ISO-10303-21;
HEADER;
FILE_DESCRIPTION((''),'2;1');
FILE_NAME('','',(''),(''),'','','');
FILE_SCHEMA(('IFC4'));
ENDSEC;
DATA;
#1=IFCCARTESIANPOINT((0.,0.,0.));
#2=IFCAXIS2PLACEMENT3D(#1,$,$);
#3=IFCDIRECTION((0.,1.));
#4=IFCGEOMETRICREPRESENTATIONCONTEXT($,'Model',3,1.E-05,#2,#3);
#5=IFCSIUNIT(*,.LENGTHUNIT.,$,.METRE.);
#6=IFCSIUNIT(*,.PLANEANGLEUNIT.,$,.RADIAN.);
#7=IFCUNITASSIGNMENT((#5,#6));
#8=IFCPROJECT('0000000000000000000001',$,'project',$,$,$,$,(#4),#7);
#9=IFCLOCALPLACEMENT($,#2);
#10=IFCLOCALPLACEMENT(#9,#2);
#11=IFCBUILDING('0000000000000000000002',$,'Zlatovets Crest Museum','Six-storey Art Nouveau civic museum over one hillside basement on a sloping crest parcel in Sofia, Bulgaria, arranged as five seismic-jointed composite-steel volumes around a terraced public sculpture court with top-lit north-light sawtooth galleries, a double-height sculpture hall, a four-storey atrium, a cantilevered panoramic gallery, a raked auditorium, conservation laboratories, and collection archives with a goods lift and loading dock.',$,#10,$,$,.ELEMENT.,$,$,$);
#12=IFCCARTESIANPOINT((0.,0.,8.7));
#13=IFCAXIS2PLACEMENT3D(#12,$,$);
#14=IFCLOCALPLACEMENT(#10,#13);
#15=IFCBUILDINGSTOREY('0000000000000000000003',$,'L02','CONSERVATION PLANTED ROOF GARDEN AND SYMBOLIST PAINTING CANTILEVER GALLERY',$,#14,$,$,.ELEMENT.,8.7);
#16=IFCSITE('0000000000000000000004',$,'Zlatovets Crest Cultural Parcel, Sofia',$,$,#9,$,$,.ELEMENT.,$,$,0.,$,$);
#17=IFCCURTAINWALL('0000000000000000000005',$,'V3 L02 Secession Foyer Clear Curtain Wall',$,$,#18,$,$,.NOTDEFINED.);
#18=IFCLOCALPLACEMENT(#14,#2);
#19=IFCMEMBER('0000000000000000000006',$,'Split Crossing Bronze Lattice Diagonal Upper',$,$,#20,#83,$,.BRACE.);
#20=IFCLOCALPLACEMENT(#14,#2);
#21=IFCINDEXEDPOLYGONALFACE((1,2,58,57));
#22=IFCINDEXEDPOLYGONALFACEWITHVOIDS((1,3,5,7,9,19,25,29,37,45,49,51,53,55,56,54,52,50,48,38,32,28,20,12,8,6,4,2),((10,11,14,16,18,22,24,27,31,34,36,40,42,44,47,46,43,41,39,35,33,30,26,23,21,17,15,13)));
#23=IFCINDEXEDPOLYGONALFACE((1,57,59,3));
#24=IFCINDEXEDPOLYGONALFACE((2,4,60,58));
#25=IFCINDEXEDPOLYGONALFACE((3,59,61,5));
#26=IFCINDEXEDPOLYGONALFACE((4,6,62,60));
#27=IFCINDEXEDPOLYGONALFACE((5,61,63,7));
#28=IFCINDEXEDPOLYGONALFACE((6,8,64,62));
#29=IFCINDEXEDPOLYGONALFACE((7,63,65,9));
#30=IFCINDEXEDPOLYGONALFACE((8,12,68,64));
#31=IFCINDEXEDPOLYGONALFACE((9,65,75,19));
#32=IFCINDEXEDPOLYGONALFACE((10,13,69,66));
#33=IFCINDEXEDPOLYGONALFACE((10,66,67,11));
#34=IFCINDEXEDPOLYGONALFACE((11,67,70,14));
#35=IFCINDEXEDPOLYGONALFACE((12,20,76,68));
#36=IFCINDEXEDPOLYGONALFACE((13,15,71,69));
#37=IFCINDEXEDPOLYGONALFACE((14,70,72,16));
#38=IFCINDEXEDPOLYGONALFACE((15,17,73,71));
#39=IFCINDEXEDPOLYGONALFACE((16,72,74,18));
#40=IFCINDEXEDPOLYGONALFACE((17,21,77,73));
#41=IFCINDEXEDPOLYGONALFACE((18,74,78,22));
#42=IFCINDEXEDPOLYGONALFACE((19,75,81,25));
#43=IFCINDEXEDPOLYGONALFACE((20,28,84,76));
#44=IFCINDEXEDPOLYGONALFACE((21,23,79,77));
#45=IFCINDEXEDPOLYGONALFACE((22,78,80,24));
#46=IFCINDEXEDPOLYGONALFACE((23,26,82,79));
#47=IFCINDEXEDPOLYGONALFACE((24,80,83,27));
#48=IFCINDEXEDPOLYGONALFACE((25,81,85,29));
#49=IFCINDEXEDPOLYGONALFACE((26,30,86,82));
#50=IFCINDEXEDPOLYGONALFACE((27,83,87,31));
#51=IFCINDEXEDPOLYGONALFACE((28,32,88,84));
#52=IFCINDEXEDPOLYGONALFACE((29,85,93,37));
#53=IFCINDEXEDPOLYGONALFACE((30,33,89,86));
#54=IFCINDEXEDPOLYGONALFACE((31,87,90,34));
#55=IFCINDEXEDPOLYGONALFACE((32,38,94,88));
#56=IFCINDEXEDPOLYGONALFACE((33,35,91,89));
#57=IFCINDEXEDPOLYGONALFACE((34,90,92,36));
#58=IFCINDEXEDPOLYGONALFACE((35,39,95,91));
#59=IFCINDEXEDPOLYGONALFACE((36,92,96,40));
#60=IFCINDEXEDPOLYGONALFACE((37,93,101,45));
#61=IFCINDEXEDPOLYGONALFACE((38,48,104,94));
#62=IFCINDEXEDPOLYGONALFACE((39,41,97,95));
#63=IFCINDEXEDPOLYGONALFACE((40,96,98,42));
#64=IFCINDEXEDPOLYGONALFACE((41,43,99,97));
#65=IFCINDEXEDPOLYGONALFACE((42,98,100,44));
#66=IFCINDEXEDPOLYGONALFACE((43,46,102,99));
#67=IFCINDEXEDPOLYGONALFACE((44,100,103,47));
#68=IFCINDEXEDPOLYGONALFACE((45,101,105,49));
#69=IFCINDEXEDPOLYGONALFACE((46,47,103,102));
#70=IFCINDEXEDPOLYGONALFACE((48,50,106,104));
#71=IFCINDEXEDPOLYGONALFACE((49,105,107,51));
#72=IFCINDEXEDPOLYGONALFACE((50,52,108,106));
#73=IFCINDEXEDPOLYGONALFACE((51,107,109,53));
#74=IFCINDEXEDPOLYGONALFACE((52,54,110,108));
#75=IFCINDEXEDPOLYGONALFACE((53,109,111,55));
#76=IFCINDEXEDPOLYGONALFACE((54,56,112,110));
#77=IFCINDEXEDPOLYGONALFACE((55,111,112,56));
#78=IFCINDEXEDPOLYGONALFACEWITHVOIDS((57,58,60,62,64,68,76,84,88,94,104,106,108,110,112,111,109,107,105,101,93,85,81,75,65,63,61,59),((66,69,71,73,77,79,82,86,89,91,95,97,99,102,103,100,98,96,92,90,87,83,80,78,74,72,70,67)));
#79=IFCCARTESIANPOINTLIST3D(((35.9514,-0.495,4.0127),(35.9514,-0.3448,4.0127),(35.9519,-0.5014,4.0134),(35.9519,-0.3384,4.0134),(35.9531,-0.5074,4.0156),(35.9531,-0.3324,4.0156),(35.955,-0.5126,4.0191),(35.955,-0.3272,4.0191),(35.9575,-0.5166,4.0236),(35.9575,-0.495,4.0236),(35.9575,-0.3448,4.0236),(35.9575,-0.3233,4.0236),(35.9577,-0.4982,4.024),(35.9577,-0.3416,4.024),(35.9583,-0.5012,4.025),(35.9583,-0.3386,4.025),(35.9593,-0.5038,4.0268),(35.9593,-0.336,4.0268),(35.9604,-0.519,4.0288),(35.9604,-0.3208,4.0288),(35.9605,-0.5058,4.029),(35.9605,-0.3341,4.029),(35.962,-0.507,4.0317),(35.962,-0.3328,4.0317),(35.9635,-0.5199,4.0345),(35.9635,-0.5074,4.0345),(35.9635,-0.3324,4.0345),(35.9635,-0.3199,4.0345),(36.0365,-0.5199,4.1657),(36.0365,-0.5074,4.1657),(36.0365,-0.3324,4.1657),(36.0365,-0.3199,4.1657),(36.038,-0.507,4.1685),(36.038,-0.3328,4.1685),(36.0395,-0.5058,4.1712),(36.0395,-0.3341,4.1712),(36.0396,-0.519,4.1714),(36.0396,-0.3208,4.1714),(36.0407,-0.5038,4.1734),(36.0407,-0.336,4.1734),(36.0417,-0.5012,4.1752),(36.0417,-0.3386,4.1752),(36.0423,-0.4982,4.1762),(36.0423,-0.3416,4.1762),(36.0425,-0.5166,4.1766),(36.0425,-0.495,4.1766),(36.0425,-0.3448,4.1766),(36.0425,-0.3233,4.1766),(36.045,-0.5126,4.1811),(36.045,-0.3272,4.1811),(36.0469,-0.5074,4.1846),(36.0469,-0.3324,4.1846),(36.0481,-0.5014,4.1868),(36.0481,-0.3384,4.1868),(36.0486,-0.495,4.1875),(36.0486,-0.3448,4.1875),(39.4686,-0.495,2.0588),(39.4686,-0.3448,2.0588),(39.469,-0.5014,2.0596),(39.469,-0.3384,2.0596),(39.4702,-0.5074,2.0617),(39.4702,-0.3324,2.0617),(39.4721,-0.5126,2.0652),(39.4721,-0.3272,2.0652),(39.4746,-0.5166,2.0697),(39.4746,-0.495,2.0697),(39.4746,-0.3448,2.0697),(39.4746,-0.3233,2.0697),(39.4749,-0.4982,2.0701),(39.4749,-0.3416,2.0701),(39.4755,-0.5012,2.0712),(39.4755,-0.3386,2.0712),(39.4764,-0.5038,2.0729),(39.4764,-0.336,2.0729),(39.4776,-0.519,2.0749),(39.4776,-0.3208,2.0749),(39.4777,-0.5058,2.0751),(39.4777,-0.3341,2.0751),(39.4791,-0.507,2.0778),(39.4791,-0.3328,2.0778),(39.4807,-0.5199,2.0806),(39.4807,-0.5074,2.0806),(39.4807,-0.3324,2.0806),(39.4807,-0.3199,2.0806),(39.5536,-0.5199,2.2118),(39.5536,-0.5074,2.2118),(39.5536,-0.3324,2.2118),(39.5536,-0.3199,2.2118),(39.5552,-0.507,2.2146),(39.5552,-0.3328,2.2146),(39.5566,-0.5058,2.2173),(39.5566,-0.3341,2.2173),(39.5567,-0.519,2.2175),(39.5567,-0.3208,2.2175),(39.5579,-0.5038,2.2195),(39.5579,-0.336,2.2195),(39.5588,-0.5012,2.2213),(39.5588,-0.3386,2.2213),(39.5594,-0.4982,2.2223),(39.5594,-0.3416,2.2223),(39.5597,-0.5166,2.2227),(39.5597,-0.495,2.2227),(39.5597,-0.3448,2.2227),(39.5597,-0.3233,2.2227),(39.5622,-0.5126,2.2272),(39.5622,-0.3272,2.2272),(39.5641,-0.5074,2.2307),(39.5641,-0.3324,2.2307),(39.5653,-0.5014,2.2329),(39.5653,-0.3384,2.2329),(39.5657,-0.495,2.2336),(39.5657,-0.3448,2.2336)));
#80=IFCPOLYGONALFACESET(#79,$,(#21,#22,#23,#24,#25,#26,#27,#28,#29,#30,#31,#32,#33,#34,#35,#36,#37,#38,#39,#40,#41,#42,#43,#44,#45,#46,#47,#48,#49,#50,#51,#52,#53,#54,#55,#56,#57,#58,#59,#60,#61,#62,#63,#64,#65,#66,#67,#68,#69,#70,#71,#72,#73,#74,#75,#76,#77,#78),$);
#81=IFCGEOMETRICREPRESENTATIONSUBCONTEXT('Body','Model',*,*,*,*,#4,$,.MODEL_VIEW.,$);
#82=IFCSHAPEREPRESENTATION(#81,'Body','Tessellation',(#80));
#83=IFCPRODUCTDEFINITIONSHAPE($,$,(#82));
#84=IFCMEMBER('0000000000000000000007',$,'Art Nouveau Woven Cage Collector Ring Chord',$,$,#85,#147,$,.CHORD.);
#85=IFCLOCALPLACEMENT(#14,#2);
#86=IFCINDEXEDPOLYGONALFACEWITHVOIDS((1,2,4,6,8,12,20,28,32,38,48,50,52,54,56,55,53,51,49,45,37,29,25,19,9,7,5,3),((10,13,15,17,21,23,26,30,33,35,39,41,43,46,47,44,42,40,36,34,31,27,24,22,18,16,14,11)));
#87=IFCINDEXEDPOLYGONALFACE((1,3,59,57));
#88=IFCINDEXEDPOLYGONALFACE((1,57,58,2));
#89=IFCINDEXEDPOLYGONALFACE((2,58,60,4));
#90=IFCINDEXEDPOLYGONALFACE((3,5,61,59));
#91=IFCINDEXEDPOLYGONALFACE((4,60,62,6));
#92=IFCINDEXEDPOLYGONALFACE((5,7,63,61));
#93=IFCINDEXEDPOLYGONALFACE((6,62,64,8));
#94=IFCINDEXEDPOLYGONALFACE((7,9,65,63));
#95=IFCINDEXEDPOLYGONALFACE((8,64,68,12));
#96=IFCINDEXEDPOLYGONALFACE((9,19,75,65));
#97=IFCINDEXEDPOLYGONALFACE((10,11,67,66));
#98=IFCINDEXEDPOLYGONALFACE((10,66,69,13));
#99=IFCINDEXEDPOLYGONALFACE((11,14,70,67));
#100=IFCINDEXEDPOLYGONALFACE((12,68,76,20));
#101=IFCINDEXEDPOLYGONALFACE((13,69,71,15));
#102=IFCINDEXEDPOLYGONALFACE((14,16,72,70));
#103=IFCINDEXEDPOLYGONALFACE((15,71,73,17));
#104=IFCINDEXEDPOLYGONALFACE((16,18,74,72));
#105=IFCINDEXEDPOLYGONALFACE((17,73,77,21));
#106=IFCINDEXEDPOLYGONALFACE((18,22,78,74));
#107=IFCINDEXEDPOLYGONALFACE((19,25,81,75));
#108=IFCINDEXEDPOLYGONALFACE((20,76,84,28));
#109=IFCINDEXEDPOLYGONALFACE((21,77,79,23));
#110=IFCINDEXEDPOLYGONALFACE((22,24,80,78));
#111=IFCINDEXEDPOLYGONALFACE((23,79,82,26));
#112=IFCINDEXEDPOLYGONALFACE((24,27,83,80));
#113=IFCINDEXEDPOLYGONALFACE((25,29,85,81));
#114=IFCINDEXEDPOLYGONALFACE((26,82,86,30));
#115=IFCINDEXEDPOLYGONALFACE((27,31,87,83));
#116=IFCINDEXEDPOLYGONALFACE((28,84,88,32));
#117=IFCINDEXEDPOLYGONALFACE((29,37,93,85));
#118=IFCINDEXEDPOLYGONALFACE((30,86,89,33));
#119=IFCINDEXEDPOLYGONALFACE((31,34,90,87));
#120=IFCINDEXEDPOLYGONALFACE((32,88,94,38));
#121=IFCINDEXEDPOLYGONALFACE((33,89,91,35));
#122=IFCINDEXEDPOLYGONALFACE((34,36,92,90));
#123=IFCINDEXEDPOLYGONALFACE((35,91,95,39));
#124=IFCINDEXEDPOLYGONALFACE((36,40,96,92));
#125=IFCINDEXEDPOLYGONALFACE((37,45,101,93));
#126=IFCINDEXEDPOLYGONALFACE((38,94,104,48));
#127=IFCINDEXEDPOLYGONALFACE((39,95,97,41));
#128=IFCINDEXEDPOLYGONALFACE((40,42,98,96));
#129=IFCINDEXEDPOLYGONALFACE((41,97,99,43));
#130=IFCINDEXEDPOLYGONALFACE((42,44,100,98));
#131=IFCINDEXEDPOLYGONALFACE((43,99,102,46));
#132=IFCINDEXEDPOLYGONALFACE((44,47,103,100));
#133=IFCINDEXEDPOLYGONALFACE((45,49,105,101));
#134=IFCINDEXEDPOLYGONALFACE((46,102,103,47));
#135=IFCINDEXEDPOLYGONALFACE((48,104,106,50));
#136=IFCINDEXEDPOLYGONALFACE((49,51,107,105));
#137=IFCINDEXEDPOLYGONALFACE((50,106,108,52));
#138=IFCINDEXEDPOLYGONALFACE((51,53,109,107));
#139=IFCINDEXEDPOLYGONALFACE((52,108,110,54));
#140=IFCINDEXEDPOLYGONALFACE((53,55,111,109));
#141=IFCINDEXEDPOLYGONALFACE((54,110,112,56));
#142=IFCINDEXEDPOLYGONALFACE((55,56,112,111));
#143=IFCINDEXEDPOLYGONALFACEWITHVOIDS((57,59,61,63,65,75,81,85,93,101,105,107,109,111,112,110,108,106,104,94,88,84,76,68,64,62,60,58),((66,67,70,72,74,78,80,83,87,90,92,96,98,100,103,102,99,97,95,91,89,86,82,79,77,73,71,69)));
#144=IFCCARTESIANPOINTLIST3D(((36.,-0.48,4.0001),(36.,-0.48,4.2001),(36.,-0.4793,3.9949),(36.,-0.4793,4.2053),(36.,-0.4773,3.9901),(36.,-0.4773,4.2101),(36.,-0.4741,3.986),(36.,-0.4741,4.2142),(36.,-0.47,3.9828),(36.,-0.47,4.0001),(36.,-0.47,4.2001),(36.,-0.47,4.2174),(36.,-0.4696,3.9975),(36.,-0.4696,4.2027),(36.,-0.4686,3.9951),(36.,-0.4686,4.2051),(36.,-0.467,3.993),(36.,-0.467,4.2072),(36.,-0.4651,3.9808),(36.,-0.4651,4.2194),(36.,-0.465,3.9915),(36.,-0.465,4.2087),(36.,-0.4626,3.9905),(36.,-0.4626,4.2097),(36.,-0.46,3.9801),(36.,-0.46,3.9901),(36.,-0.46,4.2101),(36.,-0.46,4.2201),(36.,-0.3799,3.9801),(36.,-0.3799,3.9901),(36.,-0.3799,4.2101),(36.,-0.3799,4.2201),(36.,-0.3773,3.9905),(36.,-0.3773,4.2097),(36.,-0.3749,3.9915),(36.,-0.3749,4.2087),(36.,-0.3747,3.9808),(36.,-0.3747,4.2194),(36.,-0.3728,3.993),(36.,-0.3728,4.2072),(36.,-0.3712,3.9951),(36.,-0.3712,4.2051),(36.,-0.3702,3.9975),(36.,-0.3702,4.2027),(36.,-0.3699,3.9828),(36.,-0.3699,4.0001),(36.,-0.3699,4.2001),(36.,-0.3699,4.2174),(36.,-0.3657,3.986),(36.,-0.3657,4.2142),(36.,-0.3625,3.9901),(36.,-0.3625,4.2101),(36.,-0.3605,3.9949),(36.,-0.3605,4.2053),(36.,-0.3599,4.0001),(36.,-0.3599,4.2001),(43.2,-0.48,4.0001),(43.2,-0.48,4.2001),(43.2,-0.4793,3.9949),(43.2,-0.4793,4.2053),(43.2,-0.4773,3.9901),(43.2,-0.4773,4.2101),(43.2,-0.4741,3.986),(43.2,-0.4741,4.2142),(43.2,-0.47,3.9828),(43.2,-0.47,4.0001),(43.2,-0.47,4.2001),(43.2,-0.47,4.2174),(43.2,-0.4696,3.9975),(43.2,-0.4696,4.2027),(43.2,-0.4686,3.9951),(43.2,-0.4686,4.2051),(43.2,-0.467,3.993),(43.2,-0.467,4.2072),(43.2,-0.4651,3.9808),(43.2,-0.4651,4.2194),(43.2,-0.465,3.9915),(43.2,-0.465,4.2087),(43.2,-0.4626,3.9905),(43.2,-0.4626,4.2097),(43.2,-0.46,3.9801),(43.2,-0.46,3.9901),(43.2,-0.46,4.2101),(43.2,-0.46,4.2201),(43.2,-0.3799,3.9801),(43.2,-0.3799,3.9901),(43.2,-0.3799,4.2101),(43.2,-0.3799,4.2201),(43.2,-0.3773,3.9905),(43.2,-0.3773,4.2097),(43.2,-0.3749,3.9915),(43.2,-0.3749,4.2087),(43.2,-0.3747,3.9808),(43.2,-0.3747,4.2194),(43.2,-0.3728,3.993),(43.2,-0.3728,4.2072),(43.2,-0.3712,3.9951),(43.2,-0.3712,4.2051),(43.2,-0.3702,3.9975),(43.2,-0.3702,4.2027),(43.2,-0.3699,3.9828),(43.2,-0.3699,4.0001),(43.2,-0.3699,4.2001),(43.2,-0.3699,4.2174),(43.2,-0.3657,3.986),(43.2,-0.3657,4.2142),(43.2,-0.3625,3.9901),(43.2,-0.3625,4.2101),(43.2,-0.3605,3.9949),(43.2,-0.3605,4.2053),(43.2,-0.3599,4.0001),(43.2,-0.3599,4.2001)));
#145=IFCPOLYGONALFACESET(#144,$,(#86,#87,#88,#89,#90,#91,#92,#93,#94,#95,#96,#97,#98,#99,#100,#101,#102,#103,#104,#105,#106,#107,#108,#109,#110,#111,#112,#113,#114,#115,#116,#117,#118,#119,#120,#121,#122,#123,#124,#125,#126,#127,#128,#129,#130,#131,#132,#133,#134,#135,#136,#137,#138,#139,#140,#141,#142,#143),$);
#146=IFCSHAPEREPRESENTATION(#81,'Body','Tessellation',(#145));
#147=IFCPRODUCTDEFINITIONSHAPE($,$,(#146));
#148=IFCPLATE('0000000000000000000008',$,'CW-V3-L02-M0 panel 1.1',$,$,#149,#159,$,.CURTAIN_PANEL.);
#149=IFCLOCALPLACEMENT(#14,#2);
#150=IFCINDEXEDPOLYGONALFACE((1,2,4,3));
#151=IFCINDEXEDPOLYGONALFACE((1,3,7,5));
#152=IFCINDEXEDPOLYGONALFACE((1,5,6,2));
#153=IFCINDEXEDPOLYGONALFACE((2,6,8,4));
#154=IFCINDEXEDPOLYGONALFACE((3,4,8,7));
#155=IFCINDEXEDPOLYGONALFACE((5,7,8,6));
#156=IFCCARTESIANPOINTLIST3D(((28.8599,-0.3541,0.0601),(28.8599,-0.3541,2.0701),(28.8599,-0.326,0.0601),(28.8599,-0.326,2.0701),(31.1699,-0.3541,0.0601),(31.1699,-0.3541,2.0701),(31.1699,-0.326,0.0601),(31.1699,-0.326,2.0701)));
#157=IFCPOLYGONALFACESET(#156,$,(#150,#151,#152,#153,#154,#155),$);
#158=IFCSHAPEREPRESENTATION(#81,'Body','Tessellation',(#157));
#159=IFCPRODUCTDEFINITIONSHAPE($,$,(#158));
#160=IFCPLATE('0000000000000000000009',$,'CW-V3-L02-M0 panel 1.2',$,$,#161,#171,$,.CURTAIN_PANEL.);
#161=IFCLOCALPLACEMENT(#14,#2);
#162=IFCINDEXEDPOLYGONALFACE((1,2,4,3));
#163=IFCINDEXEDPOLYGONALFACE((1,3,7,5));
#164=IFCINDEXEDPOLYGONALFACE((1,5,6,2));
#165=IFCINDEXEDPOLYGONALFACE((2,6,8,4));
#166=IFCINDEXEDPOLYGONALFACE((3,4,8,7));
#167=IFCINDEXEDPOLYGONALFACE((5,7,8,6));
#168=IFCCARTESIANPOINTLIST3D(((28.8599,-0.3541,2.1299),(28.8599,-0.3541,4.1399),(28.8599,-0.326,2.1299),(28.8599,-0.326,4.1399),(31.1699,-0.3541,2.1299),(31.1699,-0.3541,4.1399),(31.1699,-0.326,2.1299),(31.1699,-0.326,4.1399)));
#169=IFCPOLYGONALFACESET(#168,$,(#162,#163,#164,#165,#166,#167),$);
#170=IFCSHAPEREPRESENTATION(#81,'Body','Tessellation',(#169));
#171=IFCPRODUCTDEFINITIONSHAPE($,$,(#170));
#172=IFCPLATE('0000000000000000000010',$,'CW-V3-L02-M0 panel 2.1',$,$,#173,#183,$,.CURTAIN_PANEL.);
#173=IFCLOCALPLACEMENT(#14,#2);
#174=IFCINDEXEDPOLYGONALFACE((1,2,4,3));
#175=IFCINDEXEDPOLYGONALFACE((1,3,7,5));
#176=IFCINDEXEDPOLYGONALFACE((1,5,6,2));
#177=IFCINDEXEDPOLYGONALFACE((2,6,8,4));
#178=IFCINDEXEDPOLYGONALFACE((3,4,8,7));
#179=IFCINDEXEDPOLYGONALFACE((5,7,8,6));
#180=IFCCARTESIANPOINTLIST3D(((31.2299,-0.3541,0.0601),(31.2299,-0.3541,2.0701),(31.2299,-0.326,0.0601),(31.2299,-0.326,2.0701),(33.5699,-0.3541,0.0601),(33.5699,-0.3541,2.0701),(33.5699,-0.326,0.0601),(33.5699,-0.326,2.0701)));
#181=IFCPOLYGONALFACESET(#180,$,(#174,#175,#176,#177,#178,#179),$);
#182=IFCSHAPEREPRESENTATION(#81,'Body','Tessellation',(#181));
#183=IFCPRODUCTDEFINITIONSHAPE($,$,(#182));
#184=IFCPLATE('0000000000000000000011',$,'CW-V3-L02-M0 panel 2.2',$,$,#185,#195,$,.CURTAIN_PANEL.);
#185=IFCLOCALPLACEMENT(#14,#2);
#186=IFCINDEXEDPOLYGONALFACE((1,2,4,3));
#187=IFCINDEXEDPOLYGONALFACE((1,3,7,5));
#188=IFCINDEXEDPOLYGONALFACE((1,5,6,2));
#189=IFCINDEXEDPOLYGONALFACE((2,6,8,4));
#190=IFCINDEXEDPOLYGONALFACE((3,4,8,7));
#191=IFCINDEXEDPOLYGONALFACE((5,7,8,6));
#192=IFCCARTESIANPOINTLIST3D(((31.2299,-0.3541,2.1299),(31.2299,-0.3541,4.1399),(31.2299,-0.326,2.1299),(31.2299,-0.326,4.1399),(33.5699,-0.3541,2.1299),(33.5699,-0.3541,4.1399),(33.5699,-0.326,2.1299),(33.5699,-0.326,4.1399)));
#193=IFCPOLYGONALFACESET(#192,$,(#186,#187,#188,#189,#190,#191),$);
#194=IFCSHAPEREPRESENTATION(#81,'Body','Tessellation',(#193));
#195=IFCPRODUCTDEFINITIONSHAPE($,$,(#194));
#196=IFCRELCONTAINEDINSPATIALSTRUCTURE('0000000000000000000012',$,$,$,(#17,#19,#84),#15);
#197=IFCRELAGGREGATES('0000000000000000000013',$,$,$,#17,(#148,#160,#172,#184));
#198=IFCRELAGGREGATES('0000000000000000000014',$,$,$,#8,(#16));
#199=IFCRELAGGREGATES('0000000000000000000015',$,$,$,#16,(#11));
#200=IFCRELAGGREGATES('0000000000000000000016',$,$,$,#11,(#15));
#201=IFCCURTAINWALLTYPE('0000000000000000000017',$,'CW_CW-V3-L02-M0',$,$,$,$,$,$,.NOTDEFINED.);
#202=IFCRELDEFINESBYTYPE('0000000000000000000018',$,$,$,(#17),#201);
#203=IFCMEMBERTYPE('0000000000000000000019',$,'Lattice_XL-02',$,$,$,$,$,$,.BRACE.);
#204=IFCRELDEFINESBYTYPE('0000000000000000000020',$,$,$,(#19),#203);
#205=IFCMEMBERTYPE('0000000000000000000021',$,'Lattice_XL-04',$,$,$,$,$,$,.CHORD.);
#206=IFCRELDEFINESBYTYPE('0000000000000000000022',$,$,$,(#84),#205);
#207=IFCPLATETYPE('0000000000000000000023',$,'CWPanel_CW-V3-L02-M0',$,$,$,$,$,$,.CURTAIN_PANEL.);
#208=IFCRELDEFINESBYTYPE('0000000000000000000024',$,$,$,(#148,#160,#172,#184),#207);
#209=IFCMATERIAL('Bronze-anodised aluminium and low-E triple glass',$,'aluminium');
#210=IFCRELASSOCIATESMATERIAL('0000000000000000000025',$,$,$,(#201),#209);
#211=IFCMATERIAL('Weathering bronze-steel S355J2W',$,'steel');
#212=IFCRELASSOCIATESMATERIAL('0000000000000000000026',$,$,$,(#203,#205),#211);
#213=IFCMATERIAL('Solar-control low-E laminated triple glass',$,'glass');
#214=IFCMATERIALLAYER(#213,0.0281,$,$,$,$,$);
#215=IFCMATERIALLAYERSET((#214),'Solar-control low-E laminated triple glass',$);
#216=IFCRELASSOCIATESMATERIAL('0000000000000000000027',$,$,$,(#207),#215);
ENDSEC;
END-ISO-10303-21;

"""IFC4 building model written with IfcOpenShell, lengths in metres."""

from ifc_helpers import new_model, si_unit, direction, frame, origin, origin_2d, place, context, subcontext, project, spatial, rectangle, hollow_rectangle, extrude, material, layer, layer_set, material_profile, profile_set, type_object, element, aggregate, save


model = new_model("IFC4")

# Units and contexts
model_context = context("Model", 3, precision=1e-05, world=origin(), true_north=direction((0.0, 1.0)))
body_context = subcontext(model_context, "Body", "Model", "MODEL_VIEW")
ifc_project = project(units=[si_unit("LENGTHUNIT", "METRE"), si_unit("PLANEANGLEUNIT", "RADIAN")], contexts=[model_context])

# Site, building, storey
site_placement = place(None, origin())
site = spatial("IfcSite", under=ifc_project, at=site_placement, Name="Zlatovets Crest Cultural Parcel, Sofia", CompositionType="ELEMENT", RefElevation=0.0)
building_placement = place(site_placement, origin())
building = spatial("IfcBuilding", under=site, at=building_placement, Name="Zlatovets Crest Museum", Description="Six-storey Art Nouveau civic museum over one hillside basement on a sloping crest parcel in Sofia, Bulgaria, arranged as five seismic-jointed composite-steel volumes around a terraced public sculpture court with top-lit north-light sawtooth galleries, a double-height sculpture hall, a four-storey atrium, a cantilevered panoramic gallery, a raked auditorium, conservation laboratories, and collection archives with a goods lift and loading dock.", CompositionType="ELEMENT")
storey_placement = place(building_placement, frame((0.0, 0.0, 8.7)))
storey = spatial("IfcBuildingStorey", under=building, at=storey_placement, Name="L02", Description="CONSERVATION PLANTED ROOF GARDEN AND SYMBOLIST PAINTING CANTILEVER GALLERY", CompositionType="ELEMENT", Elevation=8.7)

# Curtain wall
ifc_material_1 = material(Name="Bronze-anodised aluminium and low-E triple glass", Category="aluminium")
curtain_wall_type = type_object("IfcCurtainWallType", Name="CW_CW-V3-L02-M0", PredefinedType="NOTDEFINED", material=ifc_material_1)
curtain_wall_placement = place(storey_placement, origin())
curtain_wall = element("IfcCurtainWall", 1, at=curtain_wall_placement, inside=storey, type_object=curtain_wall_type, Name="V3 L02 Secession Foyer Clear Curtain Wall", PredefinedType="NOTDEFINED")

# Members
ifc_material_2 = material(Name="Weathering bronze-steel S355J2W", Category="steel")
ifc_material_profile_1 = material_profile(ifc_material_2, hollow_rectangle(XDim=0.2, YDim=0.2, WallThickness=0.0125, InnerFilletRadius=0.0125, OuterFilletRadius=0.0249, at=origin_2d()), Name="SHS 200x200x12.5")
ifc_profile_set_1 = profile_set([ifc_material_profile_1], Name="Weathering bronze-steel S355J2W")
member_type_1 = type_object("IfcMemberType", Name="Lattice_XL-02", PredefinedType="BRACE", material=ifc_profile_set_1)
member_1_placement = place(storey_placement, frame((36.0, -0.4199, 4.1001), z_axis=(0.874166, 0.0, -0.485627), x_axis=(0.0, 1.0, 0.0)))
element("IfcMember", 2, at=member_1_placement, inside=storey, type_object=member_type_1, Name="Split Crossing Bronze Lattice Diagonal Upper", PredefinedType="BRACE", context=body_context, shape_type="SweptSolid", body=[
    extrude(hollow_rectangle(XDim=0.2, YDim=0.2, WallThickness=0.0125, InnerFilletRadius=0.0125, OuterFilletRadius=0.0249, at=origin_2d()), origin(), (0.0, 0.0, 1.0), 4.0234),
])
ifc_material_profile_2 = material_profile(ifc_material_2, hollow_rectangle(XDim=0.1201, YDim=0.24, WallThickness=0.01, InnerFilletRadius=0.01, OuterFilletRadius=0.02, at=origin_2d()), Name="RHS 120x240x10.0")
ifc_profile_set_2 = profile_set([ifc_material_profile_2], Name="Weathering bronze-steel S355J2W")
member_type_2 = type_object("IfcMemberType", Name="Lattice_XL-04", PredefinedType="CHORD", material=ifc_profile_set_2)
member_2_placement = place(storey_placement, frame((36.0, -0.4199, 4.1001), z_axis=(1.0, 0.0, 0.0), x_axis=(0.0, 1.0, 0.0)))
element("IfcMember", 3, at=member_2_placement, inside=storey, type_object=member_type_2, Name="Art Nouveau Woven Cage Collector Ring Chord", PredefinedType="CHORD", context=body_context, shape_type="SweptSolid", body=[
    extrude(hollow_rectangle(XDim=0.1201, YDim=0.24, WallThickness=0.01, InnerFilletRadius=0.01, OuterFilletRadius=0.02, at=origin_2d()), origin(), (0.0, 0.0, 1.0), 7.2),
])

# Plates
ifc_material_3 = material(Name="Solar-control low-E laminated triple glass", Category="glass")
ifc_layer_1 = layer(ifc_material_3, 0.0281)
ifc_layer_set_1 = layer_set([ifc_layer_1], Name="Solar-control low-E laminated triple glass")
plate_type_1 = type_object("IfcPlateType", Name="CWPanel_CW-V3-L02-M0", PredefinedType="CURTAIN_PANEL", material=ifc_layer_set_1)
plate_1_placement = place(storey_placement, frame((30.0149, -0.3401, 0.0601), z_axis=(0.0, 0.0, 1.0), x_axis=(1.0, 0.0, 0.0)))
plate_1 = element("IfcPlate", 4, at=plate_1_placement, type_object=plate_type_1, Name="CW-V3-L02-M0 panel 1.1", PredefinedType="CURTAIN_PANEL", context=body_context, shape_type="SweptSolid", body=[
    extrude(rectangle(XDim=2.3101, YDim=0.0281, at=origin_2d()), origin(), (0.0, 0.0, 1.0), 2.01),
])
plate_2_placement = place(storey_placement, frame((30.0149, -0.3401, 2.1299), z_axis=(0.0, 0.0, 1.0), x_axis=(1.0, 0.0, 0.0)))
plate_2 = element("IfcPlate", 5, at=plate_2_placement, type_object=plate_type_1, Name="CW-V3-L02-M0 panel 1.2", PredefinedType="CURTAIN_PANEL", context=body_context, shape_type="SweptSolid", body=[
    extrude(rectangle(XDim=2.3101, YDim=0.0281, at=origin_2d()), origin(), (0.0, 0.0, 1.0), 2.01),
])
plate_3_placement = place(storey_placement, frame((32.3999, -0.3401, 0.0601), z_axis=(0.0, 0.0, 1.0), x_axis=(1.0, 0.0, 0.0)))
plate_3 = element("IfcPlate", 6, at=plate_3_placement, type_object=plate_type_1, Name="CW-V3-L02-M0 panel 2.1", PredefinedType="CURTAIN_PANEL", context=body_context, shape_type="SweptSolid", body=[
    extrude(rectangle(XDim=2.3401, YDim=0.0281, at=origin_2d()), origin(), (0.0, 0.0, 1.0), 2.01),
])
plate_4_placement = place(storey_placement, frame((32.3999, -0.3401, 2.1299), z_axis=(0.0, 0.0, 1.0), x_axis=(1.0, 0.0, 0.0)))
plate_4 = element("IfcPlate", 7, at=plate_4_placement, type_object=plate_type_1, Name="CW-V3-L02-M0 panel 2.2", PredefinedType="CURTAIN_PANEL", context=body_context, shape_type="SweptSolid", body=[
    extrude(rectangle(XDim=2.3401, YDim=0.0281, at=origin_2d()), origin(), (0.0, 0.0, 1.0), 2.01),
])
aggregate(curtain_wall, [plate_1, plate_2, plate_3, plate_4])

save(model, "model.ifc")
